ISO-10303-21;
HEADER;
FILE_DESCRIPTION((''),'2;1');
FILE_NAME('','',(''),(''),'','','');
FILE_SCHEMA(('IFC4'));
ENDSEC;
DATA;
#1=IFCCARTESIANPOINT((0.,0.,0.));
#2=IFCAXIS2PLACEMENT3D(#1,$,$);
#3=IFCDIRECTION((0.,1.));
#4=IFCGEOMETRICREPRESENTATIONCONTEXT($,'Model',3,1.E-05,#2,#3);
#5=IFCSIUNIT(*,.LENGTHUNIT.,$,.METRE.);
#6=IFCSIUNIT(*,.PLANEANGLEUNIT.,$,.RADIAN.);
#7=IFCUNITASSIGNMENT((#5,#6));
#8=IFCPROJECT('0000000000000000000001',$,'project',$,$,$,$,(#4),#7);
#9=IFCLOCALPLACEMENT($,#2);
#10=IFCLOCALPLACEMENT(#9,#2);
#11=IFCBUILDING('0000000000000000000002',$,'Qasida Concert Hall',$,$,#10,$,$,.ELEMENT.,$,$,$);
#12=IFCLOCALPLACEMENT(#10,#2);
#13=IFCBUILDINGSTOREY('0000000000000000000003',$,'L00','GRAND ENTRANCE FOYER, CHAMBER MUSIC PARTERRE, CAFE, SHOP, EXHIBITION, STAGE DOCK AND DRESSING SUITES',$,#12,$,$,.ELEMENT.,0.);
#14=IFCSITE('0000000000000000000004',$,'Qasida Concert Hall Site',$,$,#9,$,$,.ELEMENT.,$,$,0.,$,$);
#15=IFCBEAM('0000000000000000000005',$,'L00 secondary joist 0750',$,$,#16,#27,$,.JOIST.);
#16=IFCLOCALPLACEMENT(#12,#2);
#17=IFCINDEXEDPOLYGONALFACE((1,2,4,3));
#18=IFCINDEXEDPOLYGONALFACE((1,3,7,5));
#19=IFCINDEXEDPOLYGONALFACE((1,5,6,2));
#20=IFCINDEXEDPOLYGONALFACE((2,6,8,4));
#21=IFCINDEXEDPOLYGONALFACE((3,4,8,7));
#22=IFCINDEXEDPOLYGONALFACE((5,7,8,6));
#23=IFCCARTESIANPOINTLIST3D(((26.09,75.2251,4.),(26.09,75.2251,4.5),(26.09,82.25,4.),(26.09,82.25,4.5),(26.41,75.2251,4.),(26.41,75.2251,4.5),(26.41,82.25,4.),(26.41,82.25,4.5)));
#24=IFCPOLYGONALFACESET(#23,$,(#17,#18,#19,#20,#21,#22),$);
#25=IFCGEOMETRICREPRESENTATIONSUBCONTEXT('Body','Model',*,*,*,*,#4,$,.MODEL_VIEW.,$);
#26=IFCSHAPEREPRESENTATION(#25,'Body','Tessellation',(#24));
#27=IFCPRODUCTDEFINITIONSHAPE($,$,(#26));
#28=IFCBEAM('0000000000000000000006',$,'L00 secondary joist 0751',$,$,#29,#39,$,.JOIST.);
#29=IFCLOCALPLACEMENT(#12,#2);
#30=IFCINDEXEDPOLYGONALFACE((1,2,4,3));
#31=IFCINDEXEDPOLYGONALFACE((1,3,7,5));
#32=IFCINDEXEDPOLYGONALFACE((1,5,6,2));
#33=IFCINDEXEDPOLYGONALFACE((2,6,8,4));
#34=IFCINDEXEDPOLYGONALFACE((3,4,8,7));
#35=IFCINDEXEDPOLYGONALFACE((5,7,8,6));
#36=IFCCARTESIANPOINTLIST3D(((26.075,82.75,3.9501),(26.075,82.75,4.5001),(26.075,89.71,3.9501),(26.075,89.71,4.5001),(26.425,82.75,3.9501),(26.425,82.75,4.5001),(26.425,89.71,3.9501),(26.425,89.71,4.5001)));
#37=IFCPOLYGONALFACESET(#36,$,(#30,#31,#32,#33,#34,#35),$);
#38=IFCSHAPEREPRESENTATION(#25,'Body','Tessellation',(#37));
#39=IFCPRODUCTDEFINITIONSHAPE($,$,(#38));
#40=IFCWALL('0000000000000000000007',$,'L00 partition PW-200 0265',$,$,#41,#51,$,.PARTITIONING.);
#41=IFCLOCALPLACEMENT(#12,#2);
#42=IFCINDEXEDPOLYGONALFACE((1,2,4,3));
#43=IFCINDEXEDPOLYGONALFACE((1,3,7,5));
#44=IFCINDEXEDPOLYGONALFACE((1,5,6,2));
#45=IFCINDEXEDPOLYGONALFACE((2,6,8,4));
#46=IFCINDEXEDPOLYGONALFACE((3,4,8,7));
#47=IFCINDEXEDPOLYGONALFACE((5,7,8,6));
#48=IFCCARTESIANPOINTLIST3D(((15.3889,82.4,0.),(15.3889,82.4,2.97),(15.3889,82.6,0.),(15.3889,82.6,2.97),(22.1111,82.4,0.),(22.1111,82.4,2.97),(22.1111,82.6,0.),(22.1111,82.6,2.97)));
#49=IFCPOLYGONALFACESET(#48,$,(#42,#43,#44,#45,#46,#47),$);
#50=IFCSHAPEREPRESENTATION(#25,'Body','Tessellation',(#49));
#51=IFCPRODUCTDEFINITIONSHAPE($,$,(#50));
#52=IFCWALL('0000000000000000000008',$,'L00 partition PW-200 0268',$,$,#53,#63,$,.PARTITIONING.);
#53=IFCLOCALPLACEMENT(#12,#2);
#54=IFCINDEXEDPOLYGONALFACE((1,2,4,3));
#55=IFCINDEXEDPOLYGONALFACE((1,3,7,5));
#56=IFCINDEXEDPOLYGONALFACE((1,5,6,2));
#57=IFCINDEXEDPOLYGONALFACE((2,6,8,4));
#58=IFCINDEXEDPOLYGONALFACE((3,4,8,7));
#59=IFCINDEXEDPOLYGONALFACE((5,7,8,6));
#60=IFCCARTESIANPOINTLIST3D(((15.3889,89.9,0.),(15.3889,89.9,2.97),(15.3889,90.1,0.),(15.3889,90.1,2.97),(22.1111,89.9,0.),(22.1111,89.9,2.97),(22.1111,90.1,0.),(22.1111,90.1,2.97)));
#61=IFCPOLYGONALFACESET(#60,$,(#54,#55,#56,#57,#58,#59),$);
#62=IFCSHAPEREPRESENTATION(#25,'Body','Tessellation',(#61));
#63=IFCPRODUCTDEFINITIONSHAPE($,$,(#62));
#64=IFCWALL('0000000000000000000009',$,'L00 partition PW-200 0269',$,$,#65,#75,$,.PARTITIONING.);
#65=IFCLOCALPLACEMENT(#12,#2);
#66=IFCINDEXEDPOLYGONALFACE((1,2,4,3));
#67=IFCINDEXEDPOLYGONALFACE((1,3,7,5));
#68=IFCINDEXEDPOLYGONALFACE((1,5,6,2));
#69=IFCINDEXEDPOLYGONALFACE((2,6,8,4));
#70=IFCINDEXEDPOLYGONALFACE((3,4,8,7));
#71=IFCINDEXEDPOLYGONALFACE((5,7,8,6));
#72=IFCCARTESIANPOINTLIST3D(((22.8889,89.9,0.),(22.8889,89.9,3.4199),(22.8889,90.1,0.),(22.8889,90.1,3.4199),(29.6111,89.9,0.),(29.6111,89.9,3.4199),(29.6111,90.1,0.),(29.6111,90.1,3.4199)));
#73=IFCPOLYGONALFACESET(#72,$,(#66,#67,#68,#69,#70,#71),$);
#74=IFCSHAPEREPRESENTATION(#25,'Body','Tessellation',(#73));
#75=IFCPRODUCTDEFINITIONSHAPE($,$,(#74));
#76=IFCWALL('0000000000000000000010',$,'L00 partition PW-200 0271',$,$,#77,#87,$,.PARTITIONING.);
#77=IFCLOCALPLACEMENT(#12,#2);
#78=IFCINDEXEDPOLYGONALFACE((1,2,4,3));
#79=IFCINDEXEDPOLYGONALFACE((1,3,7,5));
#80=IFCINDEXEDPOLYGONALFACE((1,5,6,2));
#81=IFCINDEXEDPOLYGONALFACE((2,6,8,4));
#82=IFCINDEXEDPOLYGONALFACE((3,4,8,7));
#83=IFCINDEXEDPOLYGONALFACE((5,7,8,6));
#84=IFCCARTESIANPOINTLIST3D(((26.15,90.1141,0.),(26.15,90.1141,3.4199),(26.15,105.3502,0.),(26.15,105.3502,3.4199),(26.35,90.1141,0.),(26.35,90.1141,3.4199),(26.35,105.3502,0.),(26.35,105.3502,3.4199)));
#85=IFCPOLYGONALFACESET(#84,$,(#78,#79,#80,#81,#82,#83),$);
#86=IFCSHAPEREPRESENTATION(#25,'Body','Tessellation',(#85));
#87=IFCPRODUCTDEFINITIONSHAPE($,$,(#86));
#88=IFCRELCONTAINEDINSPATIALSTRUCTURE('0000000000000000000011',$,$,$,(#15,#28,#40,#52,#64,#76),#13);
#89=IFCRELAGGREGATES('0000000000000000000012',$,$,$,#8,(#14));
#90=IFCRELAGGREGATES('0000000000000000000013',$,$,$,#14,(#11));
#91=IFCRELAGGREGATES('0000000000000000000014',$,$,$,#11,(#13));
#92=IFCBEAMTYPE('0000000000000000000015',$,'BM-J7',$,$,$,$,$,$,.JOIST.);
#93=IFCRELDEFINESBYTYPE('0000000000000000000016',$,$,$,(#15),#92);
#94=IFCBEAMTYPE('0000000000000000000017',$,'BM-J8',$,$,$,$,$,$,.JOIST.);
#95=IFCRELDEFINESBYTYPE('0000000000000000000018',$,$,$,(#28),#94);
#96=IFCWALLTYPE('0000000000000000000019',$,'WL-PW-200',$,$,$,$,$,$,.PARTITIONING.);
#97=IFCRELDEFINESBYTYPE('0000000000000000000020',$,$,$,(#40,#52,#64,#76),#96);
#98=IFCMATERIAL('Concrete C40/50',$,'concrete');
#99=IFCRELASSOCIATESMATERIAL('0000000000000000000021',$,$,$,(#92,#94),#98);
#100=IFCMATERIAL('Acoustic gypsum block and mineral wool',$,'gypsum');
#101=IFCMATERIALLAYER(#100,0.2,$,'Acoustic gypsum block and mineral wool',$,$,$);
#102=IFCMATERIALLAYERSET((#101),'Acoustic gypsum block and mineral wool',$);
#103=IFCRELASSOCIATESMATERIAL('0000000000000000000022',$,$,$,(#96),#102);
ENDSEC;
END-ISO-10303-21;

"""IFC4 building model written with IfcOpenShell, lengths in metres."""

from ifc_helpers import new_model, si_unit, direction, frame, frame_2d, origin, origin_2d, place, context, subcontext, project, spatial, rectangle, extrude, material, layer, layer_set, material_profile, profile_set, type_object, element, save


model = new_model("IFC4")

# Units and contexts
model_context = context("Model", 3, precision=1e-05, world=origin(), true_north=direction((0.0, 1.0)))
body_context = subcontext(model_context, "Body", "Model", "MODEL_VIEW")
ifc_project = project(units=[si_unit("LENGTHUNIT", "METRE"), si_unit("PLANEANGLEUNIT", "RADIAN")], contexts=[model_context])

# Site, building, storey
site_placement = place(None, origin())
site = spatial("IfcSite", under=ifc_project, at=site_placement, Name="Qasida Concert Hall Site", CompositionType="ELEMENT", RefElevation=0.0)
building_placement = place(site_placement, origin())
building = spatial("IfcBuilding", under=site, at=building_placement, Name="Qasida Concert Hall", CompositionType="ELEMENT")
storey_placement = place(building_placement, origin())
storey = spatial("IfcBuildingStorey", under=building, at=storey_placement, Name="L00", Description="GRAND ENTRANCE FOYER, CHAMBER MUSIC PARTERRE, CAFE, SHOP, EXHIBITION, STAGE DOCK AND DRESSING SUITES", CompositionType="ELEMENT", Elevation=0.0)

# Beams
ifc_material_1 = material(Name="Concrete C40/50", Category="concrete")
ifc_material_profile_1 = material_profile(ifc_material_1, rectangle(XDim=0.3201, YDim=0.5, at=origin_2d()), Name="RC 320x500")
ifc_profile_set_1 = profile_set([ifc_material_profile_1], Name="Concrete C40/50")
beam_type_1 = type_object("IfcBeamType", Name="BM-J7", PredefinedType="JOIST", material=ifc_profile_set_1)
beam_1_placement = place(storey_placement, frame((26.25, 75.2251, 4.25), z_axis=(0.0, 1.0, 0.0), x_axis=(-1.0, 0.0, 0.0)))
element("IfcBeam", 1, at=beam_1_placement, inside=storey, type_object=beam_type_1, Name="L00 secondary joist 0750", PredefinedType="JOIST", context=body_context, shape_type="SweptSolid", body=[
    extrude(rectangle(XDim=0.3201, YDim=0.5, at=origin_2d()), origin(), (0.0, 0.0, 1.0), 7.0249),
])
ifc_material_profile_2 = material_profile(ifc_material_1, rectangle(XDim=0.3501, YDim=0.55, at=origin_2d()), Name="RC 350x550")
ifc_profile_set_2 = profile_set([ifc_material_profile_2], Name="Concrete C40/50")
beam_type_2 = type_object("IfcBeamType", Name="BM-J8", PredefinedType="JOIST", material=ifc_profile_set_2)
beam_2_placement = place(storey_placement, frame((26.25, 82.75, 4.2251), z_axis=(0.0, 1.0, 0.0), x_axis=(-1.0, 0.0, 0.0)))
element("IfcBeam", 2, at=beam_2_placement, inside=storey, type_object=beam_type_2, Name="L00 secondary joist 0751", PredefinedType="JOIST", context=body_context, shape_type="SweptSolid", body=[
    extrude(rectangle(XDim=0.3501, YDim=0.55, at=origin_2d()), origin(), (0.0, 0.0, 1.0), 6.96),
])

# Wall
ifc_material_2 = material(Name="Acoustic gypsum block and mineral wool", Category="gypsum")
ifc_layer = layer(ifc_material_2, 0.2, Name="Acoustic gypsum block and mineral wool")
ifc_layer_set = layer_set([ifc_layer], Name="Acoustic gypsum block and mineral wool")
wall_type = type_object("IfcWallType", Name="WL-PW-200", PredefinedType="PARTITIONING", material=ifc_layer_set)
wall_1_placement = place(storey_placement, frame((15.3889, 82.5, 0.0), z_axis=(0.0, 0.0, 1.0), x_axis=(1.0, 0.0, 0.0)))
element("IfcWall", 3, at=wall_1_placement, inside=storey, type_object=wall_type, Name="L00 partition PW-200 0265", PredefinedType="PARTITIONING", context=body_context, shape_type="SweptSolid", body=[
    extrude(rectangle(XDim=6.7222, YDim=0.2, at=frame_2d((3.3611, 0.0))), origin(), (0.0, 0.0, 1.0), 2.97),
])

# Walls
wall_2_placement = place(storey_placement, frame((15.3889, 90.0, 0.0), z_axis=(0.0, 0.0, 1.0), x_axis=(1.0, 0.0, 0.0)))
element("IfcWall", 4, at=wall_2_placement, inside=storey, type_object=wall_type, Name="L00 partition PW-200 0268", PredefinedType="PARTITIONING", context=body_context, shape_type="SweptSolid", body=[
    extrude(rectangle(XDim=6.7222, YDim=0.2, at=frame_2d((3.3611, 0.0))), origin(), (0.0, 0.0, 1.0), 2.97),
])
wall_3_placement = place(storey_placement, frame((22.8889, 90.0, 0.0), z_axis=(0.0, 0.0, 1.0), x_axis=(1.0, 0.0, 0.0)))
element("IfcWall", 5, at=wall_3_placement, inside=storey, type_object=wall_type, Name="L00 partition PW-200 0269", PredefinedType="PARTITIONING", context=body_context, shape_type="SweptSolid", body=[
    extrude(rectangle(XDim=6.7222, YDim=0.2, at=frame_2d((3.3611, 0.0))), origin(), (0.0, 0.0, 1.0), 3.4199),
])
wall_4_placement = place(storey_placement, frame((26.25, 90.114, 0.0), z_axis=(0.0, 0.0, 1.0), x_axis=(0.0, 1.0, 0.0)))
element("IfcWall", 6, at=wall_4_placement, inside=storey, type_object=wall_type, Name="L00 partition PW-200 0271", PredefinedType="PARTITIONING", context=body_context, shape_type="SweptSolid", body=[
    extrude(rectangle(XDim=15.2361, YDim=0.2, at=frame_2d((7.6182, 0.0))), origin(), (0.0, 0.0, 1.0), 3.4199),
])

save(model, "model.ifc")
